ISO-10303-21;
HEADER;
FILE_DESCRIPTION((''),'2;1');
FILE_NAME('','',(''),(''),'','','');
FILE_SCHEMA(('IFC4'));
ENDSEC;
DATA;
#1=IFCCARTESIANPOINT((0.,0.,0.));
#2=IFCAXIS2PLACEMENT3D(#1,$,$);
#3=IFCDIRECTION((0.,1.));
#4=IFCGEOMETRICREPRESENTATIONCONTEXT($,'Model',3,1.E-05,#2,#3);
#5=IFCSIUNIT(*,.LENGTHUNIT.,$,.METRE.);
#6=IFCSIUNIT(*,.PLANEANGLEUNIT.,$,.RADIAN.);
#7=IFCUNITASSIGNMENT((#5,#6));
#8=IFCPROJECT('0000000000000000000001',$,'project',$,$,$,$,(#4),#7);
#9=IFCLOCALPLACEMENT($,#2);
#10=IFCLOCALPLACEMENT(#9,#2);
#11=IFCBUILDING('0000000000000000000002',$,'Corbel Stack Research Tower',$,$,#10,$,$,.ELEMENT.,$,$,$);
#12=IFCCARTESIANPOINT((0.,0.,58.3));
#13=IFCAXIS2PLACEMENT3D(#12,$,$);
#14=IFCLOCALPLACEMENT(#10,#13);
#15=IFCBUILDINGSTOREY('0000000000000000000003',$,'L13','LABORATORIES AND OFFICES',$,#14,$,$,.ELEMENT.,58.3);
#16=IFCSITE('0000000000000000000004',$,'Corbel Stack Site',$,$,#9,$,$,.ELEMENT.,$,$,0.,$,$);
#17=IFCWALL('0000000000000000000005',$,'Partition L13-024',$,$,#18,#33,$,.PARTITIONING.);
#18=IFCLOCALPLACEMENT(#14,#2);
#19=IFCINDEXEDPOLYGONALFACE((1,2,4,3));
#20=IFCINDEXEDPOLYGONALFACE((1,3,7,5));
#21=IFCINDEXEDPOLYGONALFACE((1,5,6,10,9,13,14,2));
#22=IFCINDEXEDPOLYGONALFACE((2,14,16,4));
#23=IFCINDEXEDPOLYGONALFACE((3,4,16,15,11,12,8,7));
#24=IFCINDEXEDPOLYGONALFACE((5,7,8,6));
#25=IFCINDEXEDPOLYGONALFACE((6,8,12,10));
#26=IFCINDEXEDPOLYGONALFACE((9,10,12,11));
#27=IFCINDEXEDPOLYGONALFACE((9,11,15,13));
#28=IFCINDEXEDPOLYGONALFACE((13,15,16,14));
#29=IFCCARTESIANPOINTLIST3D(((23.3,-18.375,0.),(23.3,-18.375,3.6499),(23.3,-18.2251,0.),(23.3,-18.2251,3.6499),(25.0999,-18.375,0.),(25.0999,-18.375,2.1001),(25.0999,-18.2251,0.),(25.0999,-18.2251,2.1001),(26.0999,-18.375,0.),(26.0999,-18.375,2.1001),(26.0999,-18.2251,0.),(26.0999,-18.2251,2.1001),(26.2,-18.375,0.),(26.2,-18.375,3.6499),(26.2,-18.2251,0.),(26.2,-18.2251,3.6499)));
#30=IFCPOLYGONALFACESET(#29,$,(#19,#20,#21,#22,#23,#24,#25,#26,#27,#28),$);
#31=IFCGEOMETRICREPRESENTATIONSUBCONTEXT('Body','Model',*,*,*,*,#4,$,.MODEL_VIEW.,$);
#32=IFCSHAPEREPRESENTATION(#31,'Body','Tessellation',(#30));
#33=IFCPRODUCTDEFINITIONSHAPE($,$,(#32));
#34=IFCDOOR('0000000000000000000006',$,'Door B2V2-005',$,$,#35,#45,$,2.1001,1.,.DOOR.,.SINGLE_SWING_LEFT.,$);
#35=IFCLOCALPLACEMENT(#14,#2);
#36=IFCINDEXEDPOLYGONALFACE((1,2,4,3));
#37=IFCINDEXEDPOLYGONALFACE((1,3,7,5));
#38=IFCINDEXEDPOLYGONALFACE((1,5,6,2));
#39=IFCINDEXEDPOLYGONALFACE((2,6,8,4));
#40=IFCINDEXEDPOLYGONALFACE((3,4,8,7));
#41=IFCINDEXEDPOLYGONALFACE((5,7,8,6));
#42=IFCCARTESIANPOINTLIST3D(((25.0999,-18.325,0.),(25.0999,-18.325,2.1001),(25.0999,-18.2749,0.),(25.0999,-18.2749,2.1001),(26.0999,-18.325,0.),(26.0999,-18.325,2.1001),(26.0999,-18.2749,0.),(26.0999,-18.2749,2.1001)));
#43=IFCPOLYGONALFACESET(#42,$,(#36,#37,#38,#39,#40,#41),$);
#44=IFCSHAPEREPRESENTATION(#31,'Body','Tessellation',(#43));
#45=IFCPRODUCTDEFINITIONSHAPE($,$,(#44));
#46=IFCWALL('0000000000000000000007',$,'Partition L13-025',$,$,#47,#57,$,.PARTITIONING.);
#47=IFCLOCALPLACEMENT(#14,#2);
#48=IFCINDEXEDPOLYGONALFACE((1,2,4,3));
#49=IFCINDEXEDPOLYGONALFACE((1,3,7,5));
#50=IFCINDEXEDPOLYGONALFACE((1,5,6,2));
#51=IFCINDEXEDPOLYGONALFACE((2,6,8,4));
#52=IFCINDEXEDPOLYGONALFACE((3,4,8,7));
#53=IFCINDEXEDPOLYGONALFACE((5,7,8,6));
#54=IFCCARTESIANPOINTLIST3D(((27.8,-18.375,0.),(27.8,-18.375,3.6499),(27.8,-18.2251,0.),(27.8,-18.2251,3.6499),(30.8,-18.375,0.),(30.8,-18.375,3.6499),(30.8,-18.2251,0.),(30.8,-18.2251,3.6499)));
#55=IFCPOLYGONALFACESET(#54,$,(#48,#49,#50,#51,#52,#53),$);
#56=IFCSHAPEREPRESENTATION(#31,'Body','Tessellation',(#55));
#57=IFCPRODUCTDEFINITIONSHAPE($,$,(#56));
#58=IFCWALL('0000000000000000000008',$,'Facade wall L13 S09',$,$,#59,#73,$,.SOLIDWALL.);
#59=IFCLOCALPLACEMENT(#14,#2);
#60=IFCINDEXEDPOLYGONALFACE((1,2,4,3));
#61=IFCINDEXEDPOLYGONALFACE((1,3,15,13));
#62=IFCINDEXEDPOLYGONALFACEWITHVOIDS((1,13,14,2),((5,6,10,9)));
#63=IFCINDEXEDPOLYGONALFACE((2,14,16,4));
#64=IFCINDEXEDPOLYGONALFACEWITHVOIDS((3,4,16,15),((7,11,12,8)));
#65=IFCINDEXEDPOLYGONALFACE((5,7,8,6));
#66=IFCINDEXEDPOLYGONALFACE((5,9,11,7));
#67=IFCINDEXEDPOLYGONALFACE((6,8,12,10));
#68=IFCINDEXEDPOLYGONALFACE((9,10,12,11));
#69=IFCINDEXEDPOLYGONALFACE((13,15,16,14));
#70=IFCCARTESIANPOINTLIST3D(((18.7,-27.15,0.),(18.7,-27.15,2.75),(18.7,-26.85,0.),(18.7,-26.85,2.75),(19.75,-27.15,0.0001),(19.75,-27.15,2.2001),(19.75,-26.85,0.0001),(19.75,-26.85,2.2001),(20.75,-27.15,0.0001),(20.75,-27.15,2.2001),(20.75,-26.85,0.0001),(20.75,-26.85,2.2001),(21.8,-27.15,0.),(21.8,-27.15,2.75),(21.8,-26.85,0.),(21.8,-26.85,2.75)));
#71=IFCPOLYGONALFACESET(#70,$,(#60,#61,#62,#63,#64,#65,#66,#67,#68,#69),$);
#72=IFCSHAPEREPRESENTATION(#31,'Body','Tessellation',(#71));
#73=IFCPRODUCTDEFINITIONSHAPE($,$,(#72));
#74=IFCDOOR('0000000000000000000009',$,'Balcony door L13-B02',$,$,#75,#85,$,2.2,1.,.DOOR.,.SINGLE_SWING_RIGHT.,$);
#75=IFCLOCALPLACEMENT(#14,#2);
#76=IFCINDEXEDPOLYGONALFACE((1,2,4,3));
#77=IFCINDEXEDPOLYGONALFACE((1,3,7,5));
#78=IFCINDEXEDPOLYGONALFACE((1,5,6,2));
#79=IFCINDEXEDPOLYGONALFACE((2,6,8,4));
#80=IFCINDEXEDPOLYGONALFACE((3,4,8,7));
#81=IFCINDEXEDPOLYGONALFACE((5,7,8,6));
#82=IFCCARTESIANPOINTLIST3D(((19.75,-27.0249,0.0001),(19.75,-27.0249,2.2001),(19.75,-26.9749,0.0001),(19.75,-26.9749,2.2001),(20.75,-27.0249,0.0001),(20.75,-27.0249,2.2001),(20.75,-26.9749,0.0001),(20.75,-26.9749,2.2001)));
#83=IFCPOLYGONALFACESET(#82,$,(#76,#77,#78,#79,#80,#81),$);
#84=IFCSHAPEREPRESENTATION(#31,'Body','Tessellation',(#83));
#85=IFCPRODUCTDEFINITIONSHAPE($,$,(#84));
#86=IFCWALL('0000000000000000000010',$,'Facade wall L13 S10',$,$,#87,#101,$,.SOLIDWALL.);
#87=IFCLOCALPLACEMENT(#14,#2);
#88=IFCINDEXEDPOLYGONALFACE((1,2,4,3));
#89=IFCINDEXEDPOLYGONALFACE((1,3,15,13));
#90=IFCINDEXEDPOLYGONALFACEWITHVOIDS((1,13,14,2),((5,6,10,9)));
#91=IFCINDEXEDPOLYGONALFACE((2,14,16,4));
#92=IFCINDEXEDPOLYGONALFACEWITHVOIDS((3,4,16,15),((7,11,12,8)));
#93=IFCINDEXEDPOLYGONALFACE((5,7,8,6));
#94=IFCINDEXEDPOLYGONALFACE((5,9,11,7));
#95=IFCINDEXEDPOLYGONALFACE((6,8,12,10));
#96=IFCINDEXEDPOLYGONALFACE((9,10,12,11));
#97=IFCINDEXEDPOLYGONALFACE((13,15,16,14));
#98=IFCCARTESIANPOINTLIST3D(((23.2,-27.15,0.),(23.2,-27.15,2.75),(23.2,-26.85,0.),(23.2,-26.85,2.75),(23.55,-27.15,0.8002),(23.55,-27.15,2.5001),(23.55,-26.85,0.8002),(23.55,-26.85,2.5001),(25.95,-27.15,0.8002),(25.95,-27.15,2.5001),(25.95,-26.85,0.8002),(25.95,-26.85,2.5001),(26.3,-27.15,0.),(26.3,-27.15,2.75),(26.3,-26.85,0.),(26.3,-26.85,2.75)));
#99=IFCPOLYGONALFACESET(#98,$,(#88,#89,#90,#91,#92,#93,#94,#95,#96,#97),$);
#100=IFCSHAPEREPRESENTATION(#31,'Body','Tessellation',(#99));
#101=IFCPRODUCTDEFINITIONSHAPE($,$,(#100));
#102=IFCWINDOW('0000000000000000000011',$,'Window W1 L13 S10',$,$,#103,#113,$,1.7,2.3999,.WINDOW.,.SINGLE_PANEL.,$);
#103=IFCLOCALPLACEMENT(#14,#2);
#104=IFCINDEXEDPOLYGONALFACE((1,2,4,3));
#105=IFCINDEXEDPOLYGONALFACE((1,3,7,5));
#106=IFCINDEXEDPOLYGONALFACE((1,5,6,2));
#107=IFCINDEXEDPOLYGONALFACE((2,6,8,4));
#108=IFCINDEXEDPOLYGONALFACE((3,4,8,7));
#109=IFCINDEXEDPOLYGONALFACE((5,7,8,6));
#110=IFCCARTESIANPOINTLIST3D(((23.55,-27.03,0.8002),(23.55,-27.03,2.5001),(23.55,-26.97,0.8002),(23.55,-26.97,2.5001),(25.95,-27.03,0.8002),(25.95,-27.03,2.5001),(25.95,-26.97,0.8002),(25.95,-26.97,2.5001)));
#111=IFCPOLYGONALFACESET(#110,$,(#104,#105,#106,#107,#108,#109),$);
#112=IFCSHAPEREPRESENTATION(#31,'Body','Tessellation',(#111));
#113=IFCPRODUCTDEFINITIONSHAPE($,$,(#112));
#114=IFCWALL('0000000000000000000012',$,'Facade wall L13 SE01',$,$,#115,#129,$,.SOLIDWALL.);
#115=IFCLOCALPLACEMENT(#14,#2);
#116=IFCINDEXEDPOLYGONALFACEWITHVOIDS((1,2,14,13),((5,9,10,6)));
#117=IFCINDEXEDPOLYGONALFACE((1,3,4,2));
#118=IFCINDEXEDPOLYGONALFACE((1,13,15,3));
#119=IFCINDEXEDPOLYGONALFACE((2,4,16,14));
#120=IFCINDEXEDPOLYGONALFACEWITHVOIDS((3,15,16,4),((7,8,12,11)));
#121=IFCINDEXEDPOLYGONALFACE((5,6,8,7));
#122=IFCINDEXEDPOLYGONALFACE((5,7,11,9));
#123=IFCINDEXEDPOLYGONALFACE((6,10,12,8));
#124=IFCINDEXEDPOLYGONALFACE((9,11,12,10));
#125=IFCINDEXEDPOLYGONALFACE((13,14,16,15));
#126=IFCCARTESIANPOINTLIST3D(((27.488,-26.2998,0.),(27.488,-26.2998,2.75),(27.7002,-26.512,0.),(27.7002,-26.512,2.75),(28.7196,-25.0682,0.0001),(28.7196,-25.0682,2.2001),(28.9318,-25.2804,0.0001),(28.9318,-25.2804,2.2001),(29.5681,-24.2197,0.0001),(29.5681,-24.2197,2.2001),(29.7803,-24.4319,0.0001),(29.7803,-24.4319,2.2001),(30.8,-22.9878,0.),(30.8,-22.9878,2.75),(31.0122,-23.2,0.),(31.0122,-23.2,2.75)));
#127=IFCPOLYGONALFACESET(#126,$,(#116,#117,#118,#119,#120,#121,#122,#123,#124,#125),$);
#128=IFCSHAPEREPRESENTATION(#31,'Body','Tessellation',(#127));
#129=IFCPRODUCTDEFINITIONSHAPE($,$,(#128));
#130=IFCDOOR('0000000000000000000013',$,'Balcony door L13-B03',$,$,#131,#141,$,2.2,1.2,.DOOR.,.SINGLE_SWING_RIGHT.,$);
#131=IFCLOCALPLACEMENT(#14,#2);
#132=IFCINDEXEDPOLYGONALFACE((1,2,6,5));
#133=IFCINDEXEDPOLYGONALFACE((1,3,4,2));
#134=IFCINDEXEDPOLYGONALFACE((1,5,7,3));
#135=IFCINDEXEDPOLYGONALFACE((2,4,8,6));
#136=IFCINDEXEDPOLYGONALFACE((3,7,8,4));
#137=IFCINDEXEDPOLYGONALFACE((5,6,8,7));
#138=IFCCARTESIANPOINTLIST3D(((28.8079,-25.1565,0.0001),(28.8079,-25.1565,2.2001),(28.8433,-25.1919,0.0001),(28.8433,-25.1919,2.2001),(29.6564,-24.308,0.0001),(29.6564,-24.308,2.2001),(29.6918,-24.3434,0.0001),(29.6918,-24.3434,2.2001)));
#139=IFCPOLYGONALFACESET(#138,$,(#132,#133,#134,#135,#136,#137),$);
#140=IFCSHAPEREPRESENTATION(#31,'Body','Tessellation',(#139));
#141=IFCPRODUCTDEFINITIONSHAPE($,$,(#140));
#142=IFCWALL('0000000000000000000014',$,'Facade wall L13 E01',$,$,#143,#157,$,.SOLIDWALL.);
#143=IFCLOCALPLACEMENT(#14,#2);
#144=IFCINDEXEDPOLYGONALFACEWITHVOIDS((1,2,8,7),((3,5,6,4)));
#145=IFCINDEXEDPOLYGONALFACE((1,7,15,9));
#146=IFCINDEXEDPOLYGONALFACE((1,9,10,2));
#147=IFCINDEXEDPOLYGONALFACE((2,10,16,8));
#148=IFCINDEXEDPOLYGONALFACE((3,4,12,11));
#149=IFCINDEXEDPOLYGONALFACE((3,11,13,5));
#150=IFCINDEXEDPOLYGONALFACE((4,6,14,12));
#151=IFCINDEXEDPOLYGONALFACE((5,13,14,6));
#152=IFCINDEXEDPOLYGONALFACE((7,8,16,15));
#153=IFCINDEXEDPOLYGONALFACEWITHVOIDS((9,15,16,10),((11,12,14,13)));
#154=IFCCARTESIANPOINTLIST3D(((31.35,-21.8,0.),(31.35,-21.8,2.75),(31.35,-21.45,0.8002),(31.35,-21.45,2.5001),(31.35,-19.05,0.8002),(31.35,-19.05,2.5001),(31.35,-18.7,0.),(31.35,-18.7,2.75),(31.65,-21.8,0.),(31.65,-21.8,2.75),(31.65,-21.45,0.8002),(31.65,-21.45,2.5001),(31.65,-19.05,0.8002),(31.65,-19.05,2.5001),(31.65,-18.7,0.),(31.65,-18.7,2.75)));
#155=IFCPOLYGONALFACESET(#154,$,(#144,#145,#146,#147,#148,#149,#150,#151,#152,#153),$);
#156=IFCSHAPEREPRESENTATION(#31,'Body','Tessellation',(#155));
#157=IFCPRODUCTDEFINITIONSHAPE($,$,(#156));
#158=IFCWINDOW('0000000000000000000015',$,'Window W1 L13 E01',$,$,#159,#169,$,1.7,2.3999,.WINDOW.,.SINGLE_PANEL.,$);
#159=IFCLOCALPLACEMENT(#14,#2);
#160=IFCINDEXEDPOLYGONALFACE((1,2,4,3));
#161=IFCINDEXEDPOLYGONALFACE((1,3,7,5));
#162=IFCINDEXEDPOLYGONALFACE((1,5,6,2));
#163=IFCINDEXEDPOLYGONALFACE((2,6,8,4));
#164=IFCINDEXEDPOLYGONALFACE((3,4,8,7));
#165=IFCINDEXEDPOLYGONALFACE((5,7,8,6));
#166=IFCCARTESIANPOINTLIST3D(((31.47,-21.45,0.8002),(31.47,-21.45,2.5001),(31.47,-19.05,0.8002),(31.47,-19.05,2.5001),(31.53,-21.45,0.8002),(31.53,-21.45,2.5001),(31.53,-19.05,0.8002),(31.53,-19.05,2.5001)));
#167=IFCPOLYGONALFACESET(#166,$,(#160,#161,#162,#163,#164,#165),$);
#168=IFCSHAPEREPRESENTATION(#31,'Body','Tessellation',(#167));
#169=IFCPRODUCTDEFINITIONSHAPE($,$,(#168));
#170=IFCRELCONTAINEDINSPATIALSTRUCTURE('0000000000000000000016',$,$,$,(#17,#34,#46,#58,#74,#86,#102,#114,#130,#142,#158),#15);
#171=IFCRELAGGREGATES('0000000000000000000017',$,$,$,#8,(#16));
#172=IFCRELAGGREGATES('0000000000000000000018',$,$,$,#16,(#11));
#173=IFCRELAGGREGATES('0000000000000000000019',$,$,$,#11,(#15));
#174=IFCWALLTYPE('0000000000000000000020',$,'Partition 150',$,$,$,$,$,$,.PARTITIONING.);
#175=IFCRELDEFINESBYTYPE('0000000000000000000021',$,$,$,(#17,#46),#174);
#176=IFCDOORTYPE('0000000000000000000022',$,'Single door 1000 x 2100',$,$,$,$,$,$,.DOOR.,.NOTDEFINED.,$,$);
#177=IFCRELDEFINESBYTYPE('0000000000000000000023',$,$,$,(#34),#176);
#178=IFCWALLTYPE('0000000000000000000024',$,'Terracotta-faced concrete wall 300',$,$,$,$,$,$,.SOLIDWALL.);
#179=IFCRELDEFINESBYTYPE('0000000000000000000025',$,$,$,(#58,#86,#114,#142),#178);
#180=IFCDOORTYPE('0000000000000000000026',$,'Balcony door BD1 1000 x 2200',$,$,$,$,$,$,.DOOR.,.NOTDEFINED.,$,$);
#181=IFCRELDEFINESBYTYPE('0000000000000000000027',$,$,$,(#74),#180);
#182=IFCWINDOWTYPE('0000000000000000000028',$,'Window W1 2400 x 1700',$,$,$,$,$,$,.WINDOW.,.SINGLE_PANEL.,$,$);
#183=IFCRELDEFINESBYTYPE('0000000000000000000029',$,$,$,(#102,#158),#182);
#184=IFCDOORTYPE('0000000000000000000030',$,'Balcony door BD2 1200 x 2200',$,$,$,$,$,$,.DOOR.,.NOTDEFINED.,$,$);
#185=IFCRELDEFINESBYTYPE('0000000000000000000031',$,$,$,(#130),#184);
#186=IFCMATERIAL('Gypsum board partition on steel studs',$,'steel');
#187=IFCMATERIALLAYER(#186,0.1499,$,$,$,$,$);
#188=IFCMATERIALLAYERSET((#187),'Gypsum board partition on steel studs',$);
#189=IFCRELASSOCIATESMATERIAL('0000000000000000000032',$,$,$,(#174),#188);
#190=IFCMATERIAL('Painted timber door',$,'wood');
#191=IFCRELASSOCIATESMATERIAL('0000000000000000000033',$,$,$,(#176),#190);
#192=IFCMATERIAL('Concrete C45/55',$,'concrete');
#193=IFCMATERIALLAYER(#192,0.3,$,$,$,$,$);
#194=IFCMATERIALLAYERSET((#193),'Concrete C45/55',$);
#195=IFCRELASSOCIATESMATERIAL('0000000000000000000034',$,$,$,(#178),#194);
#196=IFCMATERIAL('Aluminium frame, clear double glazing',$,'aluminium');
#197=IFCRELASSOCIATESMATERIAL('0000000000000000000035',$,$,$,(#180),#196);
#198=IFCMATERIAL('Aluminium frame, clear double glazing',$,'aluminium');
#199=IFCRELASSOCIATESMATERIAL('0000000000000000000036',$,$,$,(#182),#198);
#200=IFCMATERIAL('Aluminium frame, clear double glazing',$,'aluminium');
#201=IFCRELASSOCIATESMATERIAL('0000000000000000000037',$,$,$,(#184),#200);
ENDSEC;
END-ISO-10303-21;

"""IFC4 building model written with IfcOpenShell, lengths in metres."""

from ifc_helpers import new_model, si_unit, direction, frame, frame_2d, origin, place, context, subcontext, project, spatial, rectangle, extrude, material, layer, layer_set, type_object, element, fill, save


model = new_model("IFC4")

# Units and contexts
model_context = context("Model", 3, precision=1e-05, world=origin(), true_north=direction((0.0, 1.0)))
body_context = subcontext(model_context, "Body", "Model", "MODEL_VIEW")
ifc_project = project(units=[si_unit("LENGTHUNIT", "METRE"), si_unit("PLANEANGLEUNIT", "RADIAN")], contexts=[model_context])

# Site, building, storey
site_placement = place(None, origin())
site = spatial("IfcSite", under=ifc_project, at=site_placement, Name="Corbel Stack Site", CompositionType="ELEMENT", RefElevation=0.0)
building_placement = place(site_placement, origin())
building = spatial("IfcBuilding", under=site, at=building_placement, Name="Corbel Stack Research Tower", CompositionType="ELEMENT")
storey_placement = place(building_placement, frame((0.0, 0.0, 58.3)))
storey = spatial("IfcBuildingStorey", under=building, at=storey_placement, Name="L13", Description="LABORATORIES AND OFFICES", CompositionType="ELEMENT", Elevation=58.3)

# Shared definitions
ifc_material_1 = material(Name="Gypsum board partition on steel studs", Category="steel")
ifc_layer_1 = layer(ifc_material_1, 0.1499)
ifc_layer_set_1 = layer_set([ifc_layer_1], Name="Gypsum board partition on steel studs")
wall_type_1 = type_object("IfcWallType", Name="Partition 150", PredefinedType="PARTITIONING", material=ifc_layer_set_1)

# Wall, opening, door
wall_1_placement = place(storey_placement, frame((26.2, -18.3, 0.0), z_axis=(0.0, 0.0, 1.0), x_axis=(-1.0, 0.0, 0.0)))
wall_1 = element("IfcWall", 1, at=wall_1_placement, inside=storey, type_object=wall_type_1, Name="Partition L13-024", PredefinedType="PARTITIONING", context=body_context, shape_type="SweptSolid", body=[
    extrude(rectangle(XDim=2.8999, YDim=0.1499, at=frame_2d((1.45, 0.0))), origin(), (0.0, 0.0, 1.0), 3.6499),
])
opening_1_placement = place(wall_1_placement, frame((0.1001, 0.0, 0.0)))
opening_1 = element("IfcOpeningElement", 2, at=opening_1_placement, cuts=wall_1, PredefinedType="OPENING", context=body_context, shape_type="SweptSolid", body=[
    extrude(rectangle(XDim=1.0, YDim=2.1001, at=frame_2d((0.5, 1.05))), frame((0.0, 0.085, 0.0), z_axis=(0.0, -1.0, 0.0), x_axis=(1.0, 0.0, 0.0)), (0.0, 0.0, 1.0), 0.1699),
])
ifc_material_2 = material(Name="Painted timber door", Category="wood")
door_type_1 = type_object("IfcDoorType", Name="Single door 1000 x 2100", OperationType="NOTDEFINED", PredefinedType="DOOR", material=ifc_material_2)
door_1_placement = place(opening_1_placement, origin())
door_1 = element("IfcDoor", 3, at=door_1_placement, inside=storey, type_object=door_type_1, Name="Door B2V2-005", OperationType="SINGLE_SWING_LEFT", OverallHeight=2.1001, OverallWidth=1.0, PredefinedType="DOOR", context=body_context, shape_type="SweptSolid", body=[
    extrude(rectangle(XDim=1.0, YDim=2.1001, at=frame_2d((0.5, 1.05))), frame((0.0, 0.0249, 0.0), z_axis=(0.0, -1.0, 0.0), x_axis=(1.0, 0.0, 0.0)), (0.0, 0.0, 1.0), 0.05),
])
fill(opening_1, door_1)

# Wall
wall_2_placement = place(storey_placement, frame((27.8, -18.3, 0.0), z_axis=(0.0, 0.0, 1.0), x_axis=(1.0, 0.0, 0.0)))
element("IfcWall", 4, at=wall_2_placement, inside=storey, type_object=wall_type_1, Name="Partition L13-025", PredefinedType="PARTITIONING", context=body_context, shape_type="SweptSolid", body=[
    extrude(rectangle(XDim=3.0, YDim=0.1499, at=frame_2d((1.5, 0.0))), origin(), (0.0, 0.0, 1.0), 3.6499),
])

# Wall, opening, door
ifc_material_3 = material(Name="Concrete C45/55", Category="concrete")
ifc_layer_2 = layer(ifc_material_3, 0.3)
ifc_layer_set_2 = layer_set([ifc_layer_2], Name="Concrete C45/55")
wall_type_2 = type_object("IfcWallType", Name="Terracotta-faced concrete wall 300", PredefinedType="SOLIDWALL", material=ifc_layer_set_2)
wall_3_placement = place(storey_placement, frame((21.8, -27.0, 0.0), z_axis=(0.0, 0.0, 1.0), x_axis=(-1.0, 0.0, 0.0)))
wall_3 = element("IfcWall", 5, at=wall_3_placement, inside=storey, type_object=wall_type_2, Name="Facade wall L13 S09", PredefinedType="SOLIDWALL", context=body_context, shape_type="SweptSolid", body=[
    extrude(rectangle(XDim=3.1001, YDim=0.3, at=frame_2d((1.55, 0.0))), origin(), (0.0, 0.0, 1.0), 2.75),
])
opening_2_placement = place(wall_3_placement, frame((1.05, 0.0, 0.0)))
opening_2 = element("IfcOpeningElement", 6, at=opening_2_placement, cuts=wall_3, PredefinedType="OPENING", context=body_context, shape_type="SweptSolid", body=[
    extrude(rectangle(XDim=1.0, YDim=2.2, at=frame_2d((0.5, 1.1001))), frame((0.0, 0.1599, 0.0), z_axis=(0.0, -1.0, 0.0), x_axis=(1.0, 0.0, 0.0)), (0.0, 0.0, 1.0), 0.3201),
])
ifc_material_4 = material(Name="Aluminium frame, clear double glazing", Category="aluminium")
door_type_2 = type_object("IfcDoorType", Name="Balcony door BD1 1000 x 2200", OperationType="NOTDEFINED", PredefinedType="DOOR", material=ifc_material_4)
door_2_placement = place(opening_2_placement, origin())
door_2 = element("IfcDoor", 7, at=door_2_placement, inside=storey, type_object=door_type_2, Name="Balcony door L13-B02", OperationType="SINGLE_SWING_RIGHT", OverallHeight=2.2, OverallWidth=1.0, PredefinedType="DOOR", context=body_context, shape_type="SweptSolid", body=[
    extrude(rectangle(XDim=1.0, YDim=2.2, at=frame_2d((0.5, 1.1001))), frame((0.0, 0.0249, 0.0), z_axis=(0.0, -1.0, 0.0), x_axis=(1.0, 0.0, 0.0)), (0.0, 0.0, 1.0), 0.05),
])
fill(opening_2, door_2)

# Wall, opening, window
wall_4_placement = place(storey_placement, frame((26.3, -27.0, 0.0), z_axis=(0.0, 0.0, 1.0), x_axis=(-1.0, 0.0, 0.0)))
wall_4 = element("IfcWall", 8, at=wall_4_placement, inside=storey, type_object=wall_type_2, Name="Facade wall L13 S10", PredefinedType="SOLIDWALL", context=body_context, shape_type="SweptSolid", body=[
    extrude(rectangle(XDim=3.1001, YDim=0.3, at=frame_2d((1.55, 0.0))), origin(), (0.0, 0.0, 1.0), 2.75),
])
opening_3_placement = place(wall_4_placement, frame((0.3501, 0.0, 0.8)))
opening_3 = element("IfcOpeningElement", 9, at=opening_3_placement, cuts=wall_4, PredefinedType="OPENING", context=body_context, shape_type="SweptSolid", body=[
    extrude(rectangle(XDim=2.3999, YDim=1.7, at=frame_2d((1.2, 0.8501))), frame((0.0, 0.1599, 0.0), z_axis=(0.0, -1.0, 0.0), x_axis=(1.0, 0.0, 0.0)), (0.0, 0.0, 1.0), 0.3201),
])
ifc_material_5 = material(Name="Aluminium frame, clear double glazing", Category="aluminium")
window_type = type_object("IfcWindowType", Name="Window W1 2400 x 1700", PartitioningType="SINGLE_PANEL", PredefinedType="WINDOW", material=ifc_material_5)
window_1_placement = place(opening_3_placement, origin())
window_1 = element("IfcWindow", 10, at=window_1_placement, inside=storey, type_object=window_type, Name="Window W1 L13 S10", OverallHeight=1.7, OverallWidth=2.3999, PartitioningType="SINGLE_PANEL", PredefinedType="WINDOW", context=body_context, shape_type="SweptSolid", body=[
    extrude(rectangle(XDim=2.3999, YDim=1.7, at=frame_2d((1.2, 0.8501))), frame((0.0, 0.03, 0.0), z_axis=(0.0, -1.0, 0.0), x_axis=(1.0, 0.0, 0.0)), (0.0, 0.0, 1.0), 0.0601),
])
fill(opening_3, window_1)

# Wall, opening, door
wall_5_placement = place(storey_placement, frame((30.906, -23.094, 0.0), z_axis=(0.0, 0.0, 1.0), x_axis=(-0.707107, -0.707107, 0.0)))
wall_5 = element("IfcWall", 11, at=wall_5_placement, inside=storey, type_object=wall_type_2, Name="Facade wall L13 SE01", PredefinedType="SOLIDWALL", context=body_context, shape_type="SweptSolid", body=[
    extrude(rectangle(XDim=4.6838, YDim=0.3, at=frame_2d((2.3418, 0.0))), origin(), (0.0, 0.0, 1.0), 2.75),
])
opening_4_placement = place(wall_5_placement, frame((1.7419, 0.0, 0.0)))
opening_4 = element("IfcOpeningElement", 12, at=opening_4_placement, cuts=wall_5, PredefinedType="OPENING", context=body_context, shape_type="SweptSolid", body=[
    extrude(rectangle(XDim=1.2, YDim=2.2, at=frame_2d((0.6001, 1.1001))), frame((0.0, 0.1599, 0.0), z_axis=(0.0, -1.0, 0.0), x_axis=(1.0, 0.0, 0.0)), (0.0, 0.0, 1.0), 0.3201),
])
ifc_material_6 = material(Name="Aluminium frame, clear double glazing", Category="aluminium")
door_type_3 = type_object("IfcDoorType", Name="Balcony door BD2 1200 x 2200", OperationType="NOTDEFINED", PredefinedType="DOOR", material=ifc_material_6)
door_3_placement = place(opening_4_placement, origin())
door_3 = element("IfcDoor", 13, at=door_3_placement, inside=storey, type_object=door_type_3, Name="Balcony door L13-B03", OperationType="SINGLE_SWING_RIGHT", OverallHeight=2.2, OverallWidth=1.2, PredefinedType="DOOR", context=body_context, shape_type="SweptSolid", body=[
    extrude(rectangle(XDim=1.2, YDim=2.2, at=frame_2d((0.6001, 1.1001))), frame((0.0, 0.0249, 0.0), z_axis=(0.0, -1.0, 0.0), x_axis=(1.0, 0.0, 0.0)), (0.0, 0.0, 1.0), 0.05),
])
fill(opening_4, door_3)

# Wall, opening, window
wall_6_placement = place(storey_placement, frame((31.5, -18.7, 0.0), z_axis=(0.0, 0.0, 1.0), x_axis=(0.0, -1.0, 0.0)))
wall_6 = element("IfcWall", 14, at=wall_6_placement, inside=storey, type_object=wall_type_2, Name="Facade wall L13 E01", PredefinedType="SOLIDWALL", context=body_context, shape_type="SweptSolid", body=[
    extrude(rectangle(XDim=3.1001, YDim=0.3, at=frame_2d((1.55, 0.0))), origin(), (0.0, 0.0, 1.0), 2.75),
])
opening_5_placement = place(wall_6_placement, frame((0.3501, 0.0, 0.8)))
opening_5 = element("IfcOpeningElement", 15, at=opening_5_placement, cuts=wall_6, PredefinedType="OPENING", context=body_context, shape_type="SweptSolid", body=[
    extrude(rectangle(XDim=2.3999, YDim=1.7, at=frame_2d((1.2, 0.8501))), frame((0.0, 0.1599, 0.0), z_axis=(0.0, -1.0, 0.0), x_axis=(1.0, 0.0, 0.0)), (0.0, 0.0, 1.0), 0.3201),
])
window_2_placement = place(opening_5_placement, origin())
window_2 = element("IfcWindow", 16, at=window_2_placement, inside=storey, type_object=window_type, Name="Window W1 L13 E01", OverallHeight=1.7, OverallWidth=2.3999, PartitioningType="SINGLE_PANEL", PredefinedType="WINDOW", context=body_context, shape_type="SweptSolid", body=[
    extrude(rectangle(XDim=2.3999, YDim=1.7, at=frame_2d((1.2, 0.8501))), frame((0.0, 0.03, 0.0), z_axis=(0.0, -1.0, 0.0), x_axis=(1.0, 0.0, 0.0)), (0.0, 0.0, 1.0), 0.0601),
])
fill(opening_5, window_2)

save(model, "model.ifc")
